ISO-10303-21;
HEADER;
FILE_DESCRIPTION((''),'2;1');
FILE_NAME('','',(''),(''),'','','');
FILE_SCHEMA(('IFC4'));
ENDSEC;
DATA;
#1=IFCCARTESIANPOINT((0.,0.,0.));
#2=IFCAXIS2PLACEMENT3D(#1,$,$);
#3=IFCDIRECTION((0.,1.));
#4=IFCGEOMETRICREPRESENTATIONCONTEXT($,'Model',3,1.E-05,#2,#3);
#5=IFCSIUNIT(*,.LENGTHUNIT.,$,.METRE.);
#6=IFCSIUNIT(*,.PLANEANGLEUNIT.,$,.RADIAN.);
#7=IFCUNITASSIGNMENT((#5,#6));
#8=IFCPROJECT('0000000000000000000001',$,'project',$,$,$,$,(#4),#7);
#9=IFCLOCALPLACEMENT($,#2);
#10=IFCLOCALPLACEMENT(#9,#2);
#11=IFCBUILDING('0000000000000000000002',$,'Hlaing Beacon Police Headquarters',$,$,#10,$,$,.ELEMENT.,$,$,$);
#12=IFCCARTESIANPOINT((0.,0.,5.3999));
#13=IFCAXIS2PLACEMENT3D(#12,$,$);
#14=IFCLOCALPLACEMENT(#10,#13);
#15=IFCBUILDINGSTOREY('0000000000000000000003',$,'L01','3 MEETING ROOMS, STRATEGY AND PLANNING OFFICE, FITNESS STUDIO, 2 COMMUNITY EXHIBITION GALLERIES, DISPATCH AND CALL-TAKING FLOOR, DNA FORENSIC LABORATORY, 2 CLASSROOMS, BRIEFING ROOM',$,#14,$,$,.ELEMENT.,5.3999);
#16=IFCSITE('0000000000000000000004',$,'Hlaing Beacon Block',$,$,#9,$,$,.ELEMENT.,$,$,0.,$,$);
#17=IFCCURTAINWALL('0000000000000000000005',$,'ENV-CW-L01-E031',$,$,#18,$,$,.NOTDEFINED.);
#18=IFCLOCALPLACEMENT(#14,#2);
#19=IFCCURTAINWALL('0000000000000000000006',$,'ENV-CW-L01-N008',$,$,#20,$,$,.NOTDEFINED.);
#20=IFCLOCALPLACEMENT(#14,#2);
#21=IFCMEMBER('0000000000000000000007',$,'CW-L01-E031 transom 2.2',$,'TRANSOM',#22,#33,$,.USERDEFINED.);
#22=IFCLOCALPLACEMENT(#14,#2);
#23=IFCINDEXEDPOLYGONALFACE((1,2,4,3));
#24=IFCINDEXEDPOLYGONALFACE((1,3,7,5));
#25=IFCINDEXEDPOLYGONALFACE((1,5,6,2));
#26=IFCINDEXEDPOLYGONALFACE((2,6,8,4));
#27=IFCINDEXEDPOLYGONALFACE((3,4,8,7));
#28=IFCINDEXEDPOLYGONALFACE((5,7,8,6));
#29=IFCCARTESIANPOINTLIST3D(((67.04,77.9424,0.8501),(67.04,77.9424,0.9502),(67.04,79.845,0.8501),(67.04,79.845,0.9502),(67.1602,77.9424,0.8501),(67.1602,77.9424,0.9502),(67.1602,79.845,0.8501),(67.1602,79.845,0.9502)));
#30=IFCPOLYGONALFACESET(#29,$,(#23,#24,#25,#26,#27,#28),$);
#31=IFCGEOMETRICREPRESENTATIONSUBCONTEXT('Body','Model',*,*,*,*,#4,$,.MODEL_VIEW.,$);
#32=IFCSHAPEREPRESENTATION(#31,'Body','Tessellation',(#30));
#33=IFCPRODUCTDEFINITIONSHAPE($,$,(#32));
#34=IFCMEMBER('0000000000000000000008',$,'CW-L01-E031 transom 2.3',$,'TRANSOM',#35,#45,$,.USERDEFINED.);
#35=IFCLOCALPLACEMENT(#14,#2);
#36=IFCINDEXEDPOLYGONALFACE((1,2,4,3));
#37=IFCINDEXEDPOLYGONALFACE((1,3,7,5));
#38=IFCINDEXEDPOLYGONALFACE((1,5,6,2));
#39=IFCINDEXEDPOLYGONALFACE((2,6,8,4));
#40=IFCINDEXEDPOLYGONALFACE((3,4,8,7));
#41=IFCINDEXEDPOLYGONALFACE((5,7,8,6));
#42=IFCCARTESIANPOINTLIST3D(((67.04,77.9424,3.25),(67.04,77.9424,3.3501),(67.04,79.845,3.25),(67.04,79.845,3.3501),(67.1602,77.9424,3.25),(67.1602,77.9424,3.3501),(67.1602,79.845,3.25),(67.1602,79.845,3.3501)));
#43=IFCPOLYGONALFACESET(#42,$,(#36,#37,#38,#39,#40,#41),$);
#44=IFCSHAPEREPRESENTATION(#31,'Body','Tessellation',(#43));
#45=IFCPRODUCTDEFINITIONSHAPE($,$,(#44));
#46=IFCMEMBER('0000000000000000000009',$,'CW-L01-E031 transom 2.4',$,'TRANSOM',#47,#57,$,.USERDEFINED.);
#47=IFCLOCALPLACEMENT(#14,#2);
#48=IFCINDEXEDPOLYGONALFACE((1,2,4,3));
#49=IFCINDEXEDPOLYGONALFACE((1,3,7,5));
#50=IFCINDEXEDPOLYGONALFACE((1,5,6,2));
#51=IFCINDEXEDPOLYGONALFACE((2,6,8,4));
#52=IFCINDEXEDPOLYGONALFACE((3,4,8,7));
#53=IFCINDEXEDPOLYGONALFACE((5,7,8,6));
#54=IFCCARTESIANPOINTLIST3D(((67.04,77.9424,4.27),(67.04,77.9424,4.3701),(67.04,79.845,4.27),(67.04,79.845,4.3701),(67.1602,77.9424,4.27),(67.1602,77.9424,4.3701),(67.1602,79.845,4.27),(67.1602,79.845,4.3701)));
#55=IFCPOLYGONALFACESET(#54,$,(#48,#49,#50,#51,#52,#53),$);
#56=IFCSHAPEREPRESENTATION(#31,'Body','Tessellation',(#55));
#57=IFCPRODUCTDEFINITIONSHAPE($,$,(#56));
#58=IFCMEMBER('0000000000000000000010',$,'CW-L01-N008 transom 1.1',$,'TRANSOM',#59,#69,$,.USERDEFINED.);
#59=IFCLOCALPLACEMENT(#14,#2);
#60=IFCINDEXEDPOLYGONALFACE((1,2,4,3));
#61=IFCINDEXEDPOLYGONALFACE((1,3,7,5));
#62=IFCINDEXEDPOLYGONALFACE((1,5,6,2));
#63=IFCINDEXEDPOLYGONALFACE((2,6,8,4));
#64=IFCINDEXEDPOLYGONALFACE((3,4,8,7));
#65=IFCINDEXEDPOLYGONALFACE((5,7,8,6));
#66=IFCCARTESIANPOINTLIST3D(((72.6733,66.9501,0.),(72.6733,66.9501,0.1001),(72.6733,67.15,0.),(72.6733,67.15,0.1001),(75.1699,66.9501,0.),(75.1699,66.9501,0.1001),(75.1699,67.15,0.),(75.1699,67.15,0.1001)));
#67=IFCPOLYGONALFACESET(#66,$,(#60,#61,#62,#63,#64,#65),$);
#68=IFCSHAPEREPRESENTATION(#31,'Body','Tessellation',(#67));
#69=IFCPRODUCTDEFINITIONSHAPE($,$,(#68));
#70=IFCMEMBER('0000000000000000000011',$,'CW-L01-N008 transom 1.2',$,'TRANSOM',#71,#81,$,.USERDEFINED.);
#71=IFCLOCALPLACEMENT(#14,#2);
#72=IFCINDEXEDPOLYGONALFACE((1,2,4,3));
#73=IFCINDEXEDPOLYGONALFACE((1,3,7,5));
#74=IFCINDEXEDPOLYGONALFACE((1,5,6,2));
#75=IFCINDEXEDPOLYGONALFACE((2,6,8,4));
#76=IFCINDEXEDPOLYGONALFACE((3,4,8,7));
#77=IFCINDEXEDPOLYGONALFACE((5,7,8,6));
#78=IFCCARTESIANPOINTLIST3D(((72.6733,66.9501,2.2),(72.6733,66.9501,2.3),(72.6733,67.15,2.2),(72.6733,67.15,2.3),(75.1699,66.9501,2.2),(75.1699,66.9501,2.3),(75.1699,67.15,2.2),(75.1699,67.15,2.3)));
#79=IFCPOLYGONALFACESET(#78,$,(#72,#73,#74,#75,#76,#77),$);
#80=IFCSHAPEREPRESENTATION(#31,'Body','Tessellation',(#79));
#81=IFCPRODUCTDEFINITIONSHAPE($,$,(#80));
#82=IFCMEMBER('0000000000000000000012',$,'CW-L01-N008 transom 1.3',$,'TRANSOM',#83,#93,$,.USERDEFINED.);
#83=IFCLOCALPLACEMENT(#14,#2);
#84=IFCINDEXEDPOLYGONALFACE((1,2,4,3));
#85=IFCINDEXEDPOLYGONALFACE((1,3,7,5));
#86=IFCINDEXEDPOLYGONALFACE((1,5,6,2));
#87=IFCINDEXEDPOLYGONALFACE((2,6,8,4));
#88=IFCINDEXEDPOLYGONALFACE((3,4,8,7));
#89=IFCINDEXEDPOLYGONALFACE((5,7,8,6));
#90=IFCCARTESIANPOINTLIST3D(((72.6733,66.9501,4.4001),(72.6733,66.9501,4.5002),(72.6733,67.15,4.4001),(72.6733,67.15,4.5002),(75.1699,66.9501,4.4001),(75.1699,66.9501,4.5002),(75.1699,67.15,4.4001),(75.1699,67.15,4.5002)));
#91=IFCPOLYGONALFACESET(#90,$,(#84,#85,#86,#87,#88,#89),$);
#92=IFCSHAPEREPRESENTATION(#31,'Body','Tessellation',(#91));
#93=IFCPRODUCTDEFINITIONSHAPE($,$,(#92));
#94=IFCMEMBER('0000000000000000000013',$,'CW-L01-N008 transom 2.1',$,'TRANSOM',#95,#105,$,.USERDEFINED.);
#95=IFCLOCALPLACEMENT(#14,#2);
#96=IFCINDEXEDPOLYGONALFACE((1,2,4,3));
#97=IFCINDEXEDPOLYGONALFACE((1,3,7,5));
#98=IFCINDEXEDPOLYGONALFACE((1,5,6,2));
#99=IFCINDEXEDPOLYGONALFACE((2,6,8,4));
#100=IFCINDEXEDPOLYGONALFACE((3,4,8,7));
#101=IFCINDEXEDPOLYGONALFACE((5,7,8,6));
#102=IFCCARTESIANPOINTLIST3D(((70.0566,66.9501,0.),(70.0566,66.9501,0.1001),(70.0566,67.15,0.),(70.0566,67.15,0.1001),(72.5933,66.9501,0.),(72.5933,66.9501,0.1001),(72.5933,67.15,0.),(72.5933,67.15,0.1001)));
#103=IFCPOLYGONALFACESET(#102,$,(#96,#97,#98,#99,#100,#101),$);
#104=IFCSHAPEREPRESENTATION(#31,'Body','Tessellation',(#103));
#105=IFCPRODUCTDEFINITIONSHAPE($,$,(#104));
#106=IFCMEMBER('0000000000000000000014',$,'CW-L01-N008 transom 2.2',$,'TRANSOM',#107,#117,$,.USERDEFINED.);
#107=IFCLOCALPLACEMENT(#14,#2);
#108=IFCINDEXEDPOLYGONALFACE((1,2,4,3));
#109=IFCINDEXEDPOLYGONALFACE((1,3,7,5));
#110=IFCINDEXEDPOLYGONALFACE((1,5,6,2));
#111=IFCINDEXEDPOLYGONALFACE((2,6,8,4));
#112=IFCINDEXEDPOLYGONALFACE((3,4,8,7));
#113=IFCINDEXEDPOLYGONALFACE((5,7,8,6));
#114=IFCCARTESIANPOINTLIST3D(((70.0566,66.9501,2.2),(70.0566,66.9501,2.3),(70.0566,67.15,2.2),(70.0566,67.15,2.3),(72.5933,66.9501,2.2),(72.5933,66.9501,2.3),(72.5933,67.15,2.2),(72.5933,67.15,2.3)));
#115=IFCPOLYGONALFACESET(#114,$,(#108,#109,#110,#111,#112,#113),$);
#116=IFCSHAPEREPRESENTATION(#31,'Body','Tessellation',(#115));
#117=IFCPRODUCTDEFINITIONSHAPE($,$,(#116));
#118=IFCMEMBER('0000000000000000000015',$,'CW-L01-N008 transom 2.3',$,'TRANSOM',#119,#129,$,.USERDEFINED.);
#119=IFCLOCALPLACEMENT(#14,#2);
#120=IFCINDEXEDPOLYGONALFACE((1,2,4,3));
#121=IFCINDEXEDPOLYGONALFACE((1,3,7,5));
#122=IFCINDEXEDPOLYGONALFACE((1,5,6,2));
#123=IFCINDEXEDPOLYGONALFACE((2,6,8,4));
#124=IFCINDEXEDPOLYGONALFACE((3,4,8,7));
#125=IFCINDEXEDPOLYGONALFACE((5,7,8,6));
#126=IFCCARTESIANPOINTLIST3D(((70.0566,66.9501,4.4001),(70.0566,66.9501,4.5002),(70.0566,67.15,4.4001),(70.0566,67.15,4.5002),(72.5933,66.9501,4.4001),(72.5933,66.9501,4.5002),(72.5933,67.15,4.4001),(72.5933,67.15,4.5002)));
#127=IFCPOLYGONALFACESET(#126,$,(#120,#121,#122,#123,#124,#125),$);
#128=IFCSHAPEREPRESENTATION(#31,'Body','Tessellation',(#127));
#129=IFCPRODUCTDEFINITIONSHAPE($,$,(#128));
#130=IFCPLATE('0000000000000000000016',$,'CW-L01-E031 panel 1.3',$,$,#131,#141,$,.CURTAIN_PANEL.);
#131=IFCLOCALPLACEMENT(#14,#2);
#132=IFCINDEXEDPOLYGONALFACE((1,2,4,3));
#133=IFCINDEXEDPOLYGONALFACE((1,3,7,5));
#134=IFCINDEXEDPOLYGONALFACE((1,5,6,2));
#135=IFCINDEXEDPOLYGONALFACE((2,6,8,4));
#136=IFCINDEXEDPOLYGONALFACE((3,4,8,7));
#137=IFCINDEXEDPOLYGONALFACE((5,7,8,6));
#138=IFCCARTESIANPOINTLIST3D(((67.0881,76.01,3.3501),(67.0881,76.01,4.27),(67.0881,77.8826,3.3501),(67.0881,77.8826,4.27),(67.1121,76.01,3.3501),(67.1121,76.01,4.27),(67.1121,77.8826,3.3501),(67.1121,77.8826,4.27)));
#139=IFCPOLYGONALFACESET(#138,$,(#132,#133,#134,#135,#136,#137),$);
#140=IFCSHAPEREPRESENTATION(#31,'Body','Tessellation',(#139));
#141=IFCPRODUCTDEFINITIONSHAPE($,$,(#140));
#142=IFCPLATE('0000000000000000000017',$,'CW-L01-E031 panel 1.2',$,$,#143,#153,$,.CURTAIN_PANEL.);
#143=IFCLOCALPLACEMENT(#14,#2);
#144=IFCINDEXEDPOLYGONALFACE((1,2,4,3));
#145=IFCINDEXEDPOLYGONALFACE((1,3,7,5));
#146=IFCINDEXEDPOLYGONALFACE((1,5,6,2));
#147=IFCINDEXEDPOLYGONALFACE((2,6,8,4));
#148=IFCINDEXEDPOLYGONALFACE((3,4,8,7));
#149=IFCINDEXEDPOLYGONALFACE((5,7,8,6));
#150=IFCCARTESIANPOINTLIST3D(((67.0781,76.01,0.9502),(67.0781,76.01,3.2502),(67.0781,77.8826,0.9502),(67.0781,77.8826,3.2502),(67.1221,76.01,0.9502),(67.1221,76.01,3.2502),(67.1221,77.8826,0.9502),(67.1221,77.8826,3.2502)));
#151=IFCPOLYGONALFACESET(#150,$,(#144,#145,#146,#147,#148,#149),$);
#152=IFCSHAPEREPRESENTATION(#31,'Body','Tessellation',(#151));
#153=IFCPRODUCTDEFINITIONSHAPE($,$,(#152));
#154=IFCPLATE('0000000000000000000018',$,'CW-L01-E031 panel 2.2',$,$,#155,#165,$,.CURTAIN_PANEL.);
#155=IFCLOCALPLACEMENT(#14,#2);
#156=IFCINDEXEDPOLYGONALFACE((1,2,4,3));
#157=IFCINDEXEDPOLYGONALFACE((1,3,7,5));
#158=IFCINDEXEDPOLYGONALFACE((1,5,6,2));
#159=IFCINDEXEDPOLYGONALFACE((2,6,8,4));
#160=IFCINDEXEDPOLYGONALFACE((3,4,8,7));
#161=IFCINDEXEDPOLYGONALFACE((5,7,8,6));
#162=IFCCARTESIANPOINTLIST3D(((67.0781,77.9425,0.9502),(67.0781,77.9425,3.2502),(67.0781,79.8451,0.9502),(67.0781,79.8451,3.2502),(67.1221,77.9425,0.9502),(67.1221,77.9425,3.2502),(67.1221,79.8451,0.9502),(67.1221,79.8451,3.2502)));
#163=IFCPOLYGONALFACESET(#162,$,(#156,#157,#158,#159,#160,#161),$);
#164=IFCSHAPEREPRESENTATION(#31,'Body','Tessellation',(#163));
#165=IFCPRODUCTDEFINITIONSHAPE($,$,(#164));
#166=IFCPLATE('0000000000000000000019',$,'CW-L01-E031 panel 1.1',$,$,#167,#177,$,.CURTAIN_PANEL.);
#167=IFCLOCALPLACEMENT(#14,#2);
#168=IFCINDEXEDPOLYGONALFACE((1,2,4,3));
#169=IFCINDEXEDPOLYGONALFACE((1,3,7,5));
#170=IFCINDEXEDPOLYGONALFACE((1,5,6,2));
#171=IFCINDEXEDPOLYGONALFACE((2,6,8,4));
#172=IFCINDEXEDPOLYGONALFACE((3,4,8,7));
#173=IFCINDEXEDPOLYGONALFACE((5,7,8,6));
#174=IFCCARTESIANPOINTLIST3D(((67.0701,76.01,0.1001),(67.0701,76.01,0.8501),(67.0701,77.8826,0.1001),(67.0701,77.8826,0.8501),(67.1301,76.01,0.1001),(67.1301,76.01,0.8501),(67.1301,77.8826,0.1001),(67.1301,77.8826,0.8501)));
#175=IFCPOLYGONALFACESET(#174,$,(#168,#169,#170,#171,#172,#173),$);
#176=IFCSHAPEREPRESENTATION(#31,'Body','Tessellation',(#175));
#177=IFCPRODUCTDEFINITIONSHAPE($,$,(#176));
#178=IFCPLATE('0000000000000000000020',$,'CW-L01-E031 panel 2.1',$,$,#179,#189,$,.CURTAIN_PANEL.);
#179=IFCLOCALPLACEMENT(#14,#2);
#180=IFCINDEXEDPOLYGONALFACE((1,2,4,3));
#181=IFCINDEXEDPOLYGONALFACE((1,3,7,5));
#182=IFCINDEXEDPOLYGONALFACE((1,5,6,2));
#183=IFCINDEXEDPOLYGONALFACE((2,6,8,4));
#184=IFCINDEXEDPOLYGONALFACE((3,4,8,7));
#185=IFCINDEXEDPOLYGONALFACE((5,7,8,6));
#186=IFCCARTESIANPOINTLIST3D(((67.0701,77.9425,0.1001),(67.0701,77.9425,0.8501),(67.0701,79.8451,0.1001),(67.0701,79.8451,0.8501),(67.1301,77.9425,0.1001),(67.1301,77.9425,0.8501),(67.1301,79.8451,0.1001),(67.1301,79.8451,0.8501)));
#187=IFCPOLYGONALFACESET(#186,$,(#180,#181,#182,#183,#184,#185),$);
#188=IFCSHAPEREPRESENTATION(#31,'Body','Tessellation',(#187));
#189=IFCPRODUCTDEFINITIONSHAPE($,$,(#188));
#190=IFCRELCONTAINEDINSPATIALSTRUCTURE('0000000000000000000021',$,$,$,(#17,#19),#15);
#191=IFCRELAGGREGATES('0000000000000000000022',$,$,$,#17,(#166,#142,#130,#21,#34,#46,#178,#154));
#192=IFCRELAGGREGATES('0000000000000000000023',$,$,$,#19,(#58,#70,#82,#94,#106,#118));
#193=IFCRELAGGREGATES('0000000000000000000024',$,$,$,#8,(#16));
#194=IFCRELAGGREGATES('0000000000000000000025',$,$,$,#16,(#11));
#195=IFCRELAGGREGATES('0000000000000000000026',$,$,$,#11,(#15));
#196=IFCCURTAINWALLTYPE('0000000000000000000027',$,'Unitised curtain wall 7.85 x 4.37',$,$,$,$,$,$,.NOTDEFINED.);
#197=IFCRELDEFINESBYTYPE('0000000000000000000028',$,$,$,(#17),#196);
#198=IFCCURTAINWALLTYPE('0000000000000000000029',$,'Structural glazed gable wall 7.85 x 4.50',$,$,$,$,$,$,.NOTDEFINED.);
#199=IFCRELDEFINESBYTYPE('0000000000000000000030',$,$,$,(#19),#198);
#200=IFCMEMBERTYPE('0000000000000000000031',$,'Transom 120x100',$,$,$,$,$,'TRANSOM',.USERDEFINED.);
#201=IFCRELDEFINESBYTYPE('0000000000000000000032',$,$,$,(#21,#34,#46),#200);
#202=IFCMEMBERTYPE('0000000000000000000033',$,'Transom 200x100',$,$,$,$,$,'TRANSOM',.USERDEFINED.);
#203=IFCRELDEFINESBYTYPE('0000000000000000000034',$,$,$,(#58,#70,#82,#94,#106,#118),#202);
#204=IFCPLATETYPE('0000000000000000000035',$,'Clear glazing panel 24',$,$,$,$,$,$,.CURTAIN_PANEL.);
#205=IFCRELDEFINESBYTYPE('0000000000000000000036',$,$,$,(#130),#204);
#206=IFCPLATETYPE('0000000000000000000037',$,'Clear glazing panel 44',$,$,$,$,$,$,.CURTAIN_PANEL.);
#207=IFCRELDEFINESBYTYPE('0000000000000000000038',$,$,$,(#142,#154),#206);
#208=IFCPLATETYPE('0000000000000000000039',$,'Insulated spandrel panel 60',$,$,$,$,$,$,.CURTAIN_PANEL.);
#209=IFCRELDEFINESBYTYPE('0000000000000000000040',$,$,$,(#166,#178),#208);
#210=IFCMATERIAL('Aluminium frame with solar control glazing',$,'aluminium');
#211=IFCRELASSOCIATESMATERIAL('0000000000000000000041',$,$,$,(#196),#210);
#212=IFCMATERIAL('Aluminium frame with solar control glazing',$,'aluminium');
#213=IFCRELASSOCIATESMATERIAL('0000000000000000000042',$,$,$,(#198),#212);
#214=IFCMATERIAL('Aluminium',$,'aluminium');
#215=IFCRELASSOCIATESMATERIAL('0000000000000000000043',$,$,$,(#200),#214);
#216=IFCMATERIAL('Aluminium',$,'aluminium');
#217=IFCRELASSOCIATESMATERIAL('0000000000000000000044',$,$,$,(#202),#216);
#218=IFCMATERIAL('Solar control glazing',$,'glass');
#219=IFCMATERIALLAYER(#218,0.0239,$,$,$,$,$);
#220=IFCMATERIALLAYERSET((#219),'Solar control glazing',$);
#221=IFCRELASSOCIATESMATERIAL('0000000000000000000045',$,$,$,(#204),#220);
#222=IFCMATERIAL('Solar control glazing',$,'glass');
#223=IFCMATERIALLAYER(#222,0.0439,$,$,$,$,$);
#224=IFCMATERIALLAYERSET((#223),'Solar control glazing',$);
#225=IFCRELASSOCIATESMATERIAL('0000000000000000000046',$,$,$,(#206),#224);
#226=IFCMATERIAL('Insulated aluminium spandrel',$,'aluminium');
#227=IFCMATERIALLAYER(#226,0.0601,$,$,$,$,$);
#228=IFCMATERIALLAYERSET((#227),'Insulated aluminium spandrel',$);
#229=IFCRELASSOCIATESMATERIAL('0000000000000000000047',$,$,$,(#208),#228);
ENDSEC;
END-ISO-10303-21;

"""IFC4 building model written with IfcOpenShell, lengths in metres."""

from ifc_helpers import new_model, si_unit, direction, frame, origin, origin_2d, place, context, subcontext, project, spatial, rectangle, extrude, material, layer, layer_set, material_profile, profile_set, type_object, element, aggregate, save


model = new_model("IFC4")

# Units and contexts
model_context = context("Model", 3, precision=1e-05, world=origin(), true_north=direction((0.0, 1.0)))
body_context = subcontext(model_context, "Body", "Model", "MODEL_VIEW")
ifc_project = project(units=[si_unit("LENGTHUNIT", "METRE"), si_unit("PLANEANGLEUNIT", "RADIAN")], contexts=[model_context])

# Site, building, storey
site_placement = place(None, origin())
site = spatial("IfcSite", under=ifc_project, at=site_placement, Name="Hlaing Beacon Block", CompositionType="ELEMENT", RefElevation=0.0)
building_placement = place(site_placement, origin())
building = spatial("IfcBuilding", under=site, at=building_placement, Name="Hlaing Beacon Police Headquarters", CompositionType="ELEMENT")
storey_placement = place(building_placement, frame((0.0, 0.0, 5.3999)))
storey = spatial("IfcBuildingStorey", under=building, at=storey_placement, Name="L01", Description="3 MEETING ROOMS, STRATEGY AND PLANNING OFFICE, FITNESS STUDIO, 2 COMMUNITY EXHIBITION GALLERIES, DISPATCH AND CALL-TAKING FLOOR, DNA FORENSIC LABORATORY, 2 CLASSROOMS, BRIEFING ROOM", CompositionType="ELEMENT", Elevation=5.3999)

# Curtain wall
ifc_material_1 = material(Name="Aluminium frame with solar control glazing", Category="aluminium")
curtain_wall_type_1 = type_object("IfcCurtainWallType", Name="Unitised curtain wall 7.85 x 4.37", PredefinedType="NOTDEFINED", material=ifc_material_1)
curtain_wall_1_placement = place(storey_placement, origin())
curtain_wall_1 = element("IfcCurtainWall", 1, at=curtain_wall_1_placement, inside=storey, type_object=curtain_wall_type_1, Name="ENV-CW-L01-E031", PredefinedType="NOTDEFINED")

# Curtain wall
ifc_material_2 = material(Name="Aluminium frame with solar control glazing", Category="aluminium")
curtain_wall_type_2 = type_object("IfcCurtainWallType", Name="Structural glazed gable wall 7.85 x 4.50", PredefinedType="NOTDEFINED", material=ifc_material_2)
curtain_wall_2_placement = place(storey_placement, origin())
curtain_wall_2 = element("IfcCurtainWall", 2, at=curtain_wall_2_placement, inside=storey, type_object=curtain_wall_type_2, Name="ENV-CW-L01-N008", PredefinedType="NOTDEFINED")

# Members
ifc_material_3 = material(Name="Aluminium", Category="aluminium")
ifc_material_profile_1 = material_profile(ifc_material_3, rectangle(XDim=0.1201, YDim=0.1001, at=origin_2d()), Name="Transom 120x100")
ifc_profile_set_1 = profile_set([ifc_material_profile_1], Name="Aluminium")
member_type_1 = type_object("IfcMemberType", Name="Transom 120x100", ElementType="TRANSOM", PredefinedType="USERDEFINED", material=ifc_profile_set_1)
member_1_placement = place(storey_placement, frame((67.1001, 77.9424, 0.9001), z_axis=(0.0, 1.0, 0.0), x_axis=(-1.0, 0.0, 0.0)))
member_1 = element("IfcMember", 3, at=member_1_placement, type_object=member_type_1, Name="CW-L01-E031 transom 2.2", ObjectType="TRANSOM", PredefinedType="USERDEFINED", context=body_context, shape_type="SweptSolid", body=[
    extrude(rectangle(XDim=0.1201, YDim=0.1001, at=origin_2d()), origin(), (0.0, 0.0, 1.0), 1.9026),
])
member_2_placement = place(storey_placement, frame((67.1001, 77.9424, 3.3), z_axis=(0.0, 1.0, 0.0), x_axis=(-1.0, 0.0, 0.0)))
member_2 = element("IfcMember", 4, at=member_2_placement, type_object=member_type_1, Name="CW-L01-E031 transom 2.3", ObjectType="TRANSOM", PredefinedType="USERDEFINED", context=body_context, shape_type="SweptSolid", body=[
    extrude(rectangle(XDim=0.1201, YDim=0.1001, at=origin_2d()), origin(), (0.0, 0.0, 1.0), 1.9026),
])
member_3_placement = place(storey_placement, frame((67.1001, 77.9424, 4.3201), z_axis=(0.0, 1.0, 0.0), x_axis=(-1.0, 0.0, 0.0)))
member_3 = element("IfcMember", 5, at=member_3_placement, type_object=member_type_1, Name="CW-L01-E031 transom 2.4", ObjectType="TRANSOM", PredefinedType="USERDEFINED", context=body_context, shape_type="SweptSolid", body=[
    extrude(rectangle(XDim=0.1201, YDim=0.1001, at=origin_2d()), origin(), (0.0, 0.0, 1.0), 1.9026),
])
ifc_material_4 = material(Name="Aluminium", Category="aluminium")
ifc_material_profile_2 = material_profile(ifc_material_4, rectangle(XDim=0.2, YDim=0.1001, at=origin_2d()), Name="Transom 200x100")
ifc_profile_set_2 = profile_set([ifc_material_profile_2], Name="Aluminium")
member_type_2 = type_object("IfcMemberType", Name="Transom 200x100", ElementType="TRANSOM", PredefinedType="USERDEFINED", material=ifc_profile_set_2)
member_4_placement = place(storey_placement, frame((75.1699, 67.05, 0.05), z_axis=(-1.0, 0.0, 0.0), x_axis=(0.0, -1.0, 0.0)))
member_4 = element("IfcMember", 6, at=member_4_placement, type_object=member_type_2, Name="CW-L01-N008 transom 1.1", ObjectType="TRANSOM", PredefinedType="USERDEFINED", context=body_context, shape_type="SweptSolid", body=[
    extrude(rectangle(XDim=0.2, YDim=0.1001, at=origin_2d()), origin(), (0.0, 0.0, 1.0), 2.4966),
])
member_5_placement = place(storey_placement, frame((75.1699, 67.05, 2.25), z_axis=(-1.0, 0.0, 0.0), x_axis=(0.0, -1.0, 0.0)))
member_5 = element("IfcMember", 7, at=member_5_placement, type_object=member_type_2, Name="CW-L01-N008 transom 1.2", ObjectType="TRANSOM", PredefinedType="USERDEFINED", context=body_context, shape_type="SweptSolid", body=[
    extrude(rectangle(XDim=0.2, YDim=0.1001, at=origin_2d()), origin(), (0.0, 0.0, 1.0), 2.4966),
])
member_6_placement = place(storey_placement, frame((75.1699, 67.05, 4.4502), z_axis=(-1.0, 0.0, 0.0), x_axis=(0.0, -1.0, 0.0)))
member_6 = element("IfcMember", 8, at=member_6_placement, type_object=member_type_2, Name="CW-L01-N008 transom 1.3", ObjectType="TRANSOM", PredefinedType="USERDEFINED", context=body_context, shape_type="SweptSolid", body=[
    extrude(rectangle(XDim=0.2, YDim=0.1001, at=origin_2d()), origin(), (0.0, 0.0, 1.0), 2.4966),
])
member_7_placement = place(storey_placement, frame((72.5933, 67.05, 0.05), z_axis=(-1.0, 0.0, 0.0), x_axis=(0.0, -1.0, 0.0)))
member_7 = element("IfcMember", 9, at=member_7_placement, type_object=member_type_2, Name="CW-L01-N008 transom 2.1", ObjectType="TRANSOM", PredefinedType="USERDEFINED", context=body_context, shape_type="SweptSolid", body=[
    extrude(rectangle(XDim=0.2, YDim=0.1001, at=origin_2d()), origin(), (0.0, 0.0, 1.0), 2.5366),
])
member_8_placement = place(storey_placement, frame((72.5933, 67.05, 2.25), z_axis=(-1.0, 0.0, 0.0), x_axis=(0.0, -1.0, 0.0)))
member_8 = element("IfcMember", 10, at=member_8_placement, type_object=member_type_2, Name="CW-L01-N008 transom 2.2", ObjectType="TRANSOM", PredefinedType="USERDEFINED", context=body_context, shape_type="SweptSolid", body=[
    extrude(rectangle(XDim=0.2, YDim=0.1001, at=origin_2d()), origin(), (0.0, 0.0, 1.0), 2.5366),
])
member_9_placement = place(storey_placement, frame((72.5933, 67.05, 4.4502), z_axis=(-1.0, 0.0, 0.0), x_axis=(0.0, -1.0, 0.0)))
member_9 = element("IfcMember", 11, at=member_9_placement, type_object=member_type_2, Name="CW-L01-N008 transom 2.3", ObjectType="TRANSOM", PredefinedType="USERDEFINED", context=body_context, shape_type="SweptSolid", body=[
    extrude(rectangle(XDim=0.2, YDim=0.1001, at=origin_2d()), origin(), (0.0, 0.0, 1.0), 2.5366),
])

# Plates
ifc_material_5 = material(Name="Solar control glazing", Category="glass")
ifc_layer_1 = layer(ifc_material_5, 0.0239)
ifc_layer_set_1 = layer_set([ifc_layer_1], Name="Solar control glazing")
plate_type_1 = type_object("IfcPlateType", Name="Clear glazing panel 24", PredefinedType="CURTAIN_PANEL", material=ifc_layer_set_1)
plate_1_placement = place(storey_placement, frame((67.1001, 76.9463, 3.3501), z_axis=(0.0, 0.0, 1.0), x_axis=(0.0, 1.0, 0.0)))
plate_1 = element("IfcPlate", 12, at=plate_1_placement, type_object=plate_type_1, Name="CW-L01-E031 panel 1.3", PredefinedType="CURTAIN_PANEL", context=body_context, shape_type="SweptSolid", body=[
    extrude(rectangle(XDim=1.8726, YDim=0.0239, at=origin_2d()), origin(), (0.0, 0.0, 1.0), 0.9199),
])
ifc_material_6 = material(Name="Solar control glazing", Category="glass")
ifc_layer_2 = layer(ifc_material_6, 0.0439)
ifc_layer_set_2 = layer_set([ifc_layer_2], Name="Solar control glazing")
plate_type_2 = type_object("IfcPlateType", Name="Clear glazing panel 44", PredefinedType="CURTAIN_PANEL", material=ifc_layer_set_2)
plate_2_placement = place(storey_placement, frame((67.1001, 76.9463, 0.9502), z_axis=(0.0, 0.0, 1.0), x_axis=(0.0, 1.0, 0.0)))
plate_2 = element("IfcPlate", 13, at=plate_2_placement, type_object=plate_type_2, Name="CW-L01-E031 panel 1.2", PredefinedType="CURTAIN_PANEL", context=body_context, shape_type="SweptSolid", body=[
    extrude(rectangle(XDim=1.8726, YDim=0.0439, at=origin_2d()), origin(), (0.0, 0.0, 1.0), 2.3),
])
plate_3_placement = place(storey_placement, frame((67.1001, 78.8938, 0.9502), z_axis=(0.0, 0.0, 1.0), x_axis=(0.0, 1.0, 0.0)))
plate_3 = element("IfcPlate", 14, at=plate_3_placement, type_object=plate_type_2, Name="CW-L01-E031 panel 2.2", PredefinedType="CURTAIN_PANEL", context=body_context, shape_type="SweptSolid", body=[
    extrude(rectangle(XDim=1.9026, YDim=0.0439, at=origin_2d()), origin(), (0.0, 0.0, 1.0), 2.3),
])
ifc_material_7 = material(Name="Insulated aluminium spandrel", Category="aluminium")
ifc_layer_3 = layer(ifc_material_7, 0.0601)
ifc_layer_set_3 = layer_set([ifc_layer_3], Name="Insulated aluminium spandrel")
plate_type_3 = type_object("IfcPlateType", Name="Insulated spandrel panel 60", PredefinedType="CURTAIN_PANEL", material=ifc_layer_set_3)
plate_4_placement = place(storey_placement, frame((67.1001, 76.9463, 0.1001), z_axis=(0.0, 0.0, 1.0), x_axis=(0.0, 1.0, 0.0)))
plate_4 = element("IfcPlate", 15, at=plate_4_placement, type_object=plate_type_3, Name="CW-L01-E031 panel 1.1", PredefinedType="CURTAIN_PANEL", context=body_context, shape_type="SweptSolid", body=[
    extrude(rectangle(XDim=1.8726, YDim=0.0601, at=origin_2d()), origin(), (0.0, 0.0, 1.0), 0.75),
])
plate_5_placement = place(storey_placement, frame((67.1001, 78.8938, 0.1001), z_axis=(0.0, 0.0, 1.0), x_axis=(0.0, 1.0, 0.0)))
plate_5 = element("IfcPlate", 16, at=plate_5_placement, type_object=plate_type_3, Name="CW-L01-E031 panel 2.1", PredefinedType="CURTAIN_PANEL", context=body_context, shape_type="SweptSolid", body=[
    extrude(rectangle(XDim=1.9026, YDim=0.0601, at=origin_2d()), origin(), (0.0, 0.0, 1.0), 0.75),
])
aggregate(curtain_wall_1, [plate_4, plate_2, plate_1, member_1, member_2, member_3, plate_5, plate_3])
aggregate(curtain_wall_2, [member_4, member_5, member_6, member_7, member_8, member_9])

save(model, "model.ifc")
